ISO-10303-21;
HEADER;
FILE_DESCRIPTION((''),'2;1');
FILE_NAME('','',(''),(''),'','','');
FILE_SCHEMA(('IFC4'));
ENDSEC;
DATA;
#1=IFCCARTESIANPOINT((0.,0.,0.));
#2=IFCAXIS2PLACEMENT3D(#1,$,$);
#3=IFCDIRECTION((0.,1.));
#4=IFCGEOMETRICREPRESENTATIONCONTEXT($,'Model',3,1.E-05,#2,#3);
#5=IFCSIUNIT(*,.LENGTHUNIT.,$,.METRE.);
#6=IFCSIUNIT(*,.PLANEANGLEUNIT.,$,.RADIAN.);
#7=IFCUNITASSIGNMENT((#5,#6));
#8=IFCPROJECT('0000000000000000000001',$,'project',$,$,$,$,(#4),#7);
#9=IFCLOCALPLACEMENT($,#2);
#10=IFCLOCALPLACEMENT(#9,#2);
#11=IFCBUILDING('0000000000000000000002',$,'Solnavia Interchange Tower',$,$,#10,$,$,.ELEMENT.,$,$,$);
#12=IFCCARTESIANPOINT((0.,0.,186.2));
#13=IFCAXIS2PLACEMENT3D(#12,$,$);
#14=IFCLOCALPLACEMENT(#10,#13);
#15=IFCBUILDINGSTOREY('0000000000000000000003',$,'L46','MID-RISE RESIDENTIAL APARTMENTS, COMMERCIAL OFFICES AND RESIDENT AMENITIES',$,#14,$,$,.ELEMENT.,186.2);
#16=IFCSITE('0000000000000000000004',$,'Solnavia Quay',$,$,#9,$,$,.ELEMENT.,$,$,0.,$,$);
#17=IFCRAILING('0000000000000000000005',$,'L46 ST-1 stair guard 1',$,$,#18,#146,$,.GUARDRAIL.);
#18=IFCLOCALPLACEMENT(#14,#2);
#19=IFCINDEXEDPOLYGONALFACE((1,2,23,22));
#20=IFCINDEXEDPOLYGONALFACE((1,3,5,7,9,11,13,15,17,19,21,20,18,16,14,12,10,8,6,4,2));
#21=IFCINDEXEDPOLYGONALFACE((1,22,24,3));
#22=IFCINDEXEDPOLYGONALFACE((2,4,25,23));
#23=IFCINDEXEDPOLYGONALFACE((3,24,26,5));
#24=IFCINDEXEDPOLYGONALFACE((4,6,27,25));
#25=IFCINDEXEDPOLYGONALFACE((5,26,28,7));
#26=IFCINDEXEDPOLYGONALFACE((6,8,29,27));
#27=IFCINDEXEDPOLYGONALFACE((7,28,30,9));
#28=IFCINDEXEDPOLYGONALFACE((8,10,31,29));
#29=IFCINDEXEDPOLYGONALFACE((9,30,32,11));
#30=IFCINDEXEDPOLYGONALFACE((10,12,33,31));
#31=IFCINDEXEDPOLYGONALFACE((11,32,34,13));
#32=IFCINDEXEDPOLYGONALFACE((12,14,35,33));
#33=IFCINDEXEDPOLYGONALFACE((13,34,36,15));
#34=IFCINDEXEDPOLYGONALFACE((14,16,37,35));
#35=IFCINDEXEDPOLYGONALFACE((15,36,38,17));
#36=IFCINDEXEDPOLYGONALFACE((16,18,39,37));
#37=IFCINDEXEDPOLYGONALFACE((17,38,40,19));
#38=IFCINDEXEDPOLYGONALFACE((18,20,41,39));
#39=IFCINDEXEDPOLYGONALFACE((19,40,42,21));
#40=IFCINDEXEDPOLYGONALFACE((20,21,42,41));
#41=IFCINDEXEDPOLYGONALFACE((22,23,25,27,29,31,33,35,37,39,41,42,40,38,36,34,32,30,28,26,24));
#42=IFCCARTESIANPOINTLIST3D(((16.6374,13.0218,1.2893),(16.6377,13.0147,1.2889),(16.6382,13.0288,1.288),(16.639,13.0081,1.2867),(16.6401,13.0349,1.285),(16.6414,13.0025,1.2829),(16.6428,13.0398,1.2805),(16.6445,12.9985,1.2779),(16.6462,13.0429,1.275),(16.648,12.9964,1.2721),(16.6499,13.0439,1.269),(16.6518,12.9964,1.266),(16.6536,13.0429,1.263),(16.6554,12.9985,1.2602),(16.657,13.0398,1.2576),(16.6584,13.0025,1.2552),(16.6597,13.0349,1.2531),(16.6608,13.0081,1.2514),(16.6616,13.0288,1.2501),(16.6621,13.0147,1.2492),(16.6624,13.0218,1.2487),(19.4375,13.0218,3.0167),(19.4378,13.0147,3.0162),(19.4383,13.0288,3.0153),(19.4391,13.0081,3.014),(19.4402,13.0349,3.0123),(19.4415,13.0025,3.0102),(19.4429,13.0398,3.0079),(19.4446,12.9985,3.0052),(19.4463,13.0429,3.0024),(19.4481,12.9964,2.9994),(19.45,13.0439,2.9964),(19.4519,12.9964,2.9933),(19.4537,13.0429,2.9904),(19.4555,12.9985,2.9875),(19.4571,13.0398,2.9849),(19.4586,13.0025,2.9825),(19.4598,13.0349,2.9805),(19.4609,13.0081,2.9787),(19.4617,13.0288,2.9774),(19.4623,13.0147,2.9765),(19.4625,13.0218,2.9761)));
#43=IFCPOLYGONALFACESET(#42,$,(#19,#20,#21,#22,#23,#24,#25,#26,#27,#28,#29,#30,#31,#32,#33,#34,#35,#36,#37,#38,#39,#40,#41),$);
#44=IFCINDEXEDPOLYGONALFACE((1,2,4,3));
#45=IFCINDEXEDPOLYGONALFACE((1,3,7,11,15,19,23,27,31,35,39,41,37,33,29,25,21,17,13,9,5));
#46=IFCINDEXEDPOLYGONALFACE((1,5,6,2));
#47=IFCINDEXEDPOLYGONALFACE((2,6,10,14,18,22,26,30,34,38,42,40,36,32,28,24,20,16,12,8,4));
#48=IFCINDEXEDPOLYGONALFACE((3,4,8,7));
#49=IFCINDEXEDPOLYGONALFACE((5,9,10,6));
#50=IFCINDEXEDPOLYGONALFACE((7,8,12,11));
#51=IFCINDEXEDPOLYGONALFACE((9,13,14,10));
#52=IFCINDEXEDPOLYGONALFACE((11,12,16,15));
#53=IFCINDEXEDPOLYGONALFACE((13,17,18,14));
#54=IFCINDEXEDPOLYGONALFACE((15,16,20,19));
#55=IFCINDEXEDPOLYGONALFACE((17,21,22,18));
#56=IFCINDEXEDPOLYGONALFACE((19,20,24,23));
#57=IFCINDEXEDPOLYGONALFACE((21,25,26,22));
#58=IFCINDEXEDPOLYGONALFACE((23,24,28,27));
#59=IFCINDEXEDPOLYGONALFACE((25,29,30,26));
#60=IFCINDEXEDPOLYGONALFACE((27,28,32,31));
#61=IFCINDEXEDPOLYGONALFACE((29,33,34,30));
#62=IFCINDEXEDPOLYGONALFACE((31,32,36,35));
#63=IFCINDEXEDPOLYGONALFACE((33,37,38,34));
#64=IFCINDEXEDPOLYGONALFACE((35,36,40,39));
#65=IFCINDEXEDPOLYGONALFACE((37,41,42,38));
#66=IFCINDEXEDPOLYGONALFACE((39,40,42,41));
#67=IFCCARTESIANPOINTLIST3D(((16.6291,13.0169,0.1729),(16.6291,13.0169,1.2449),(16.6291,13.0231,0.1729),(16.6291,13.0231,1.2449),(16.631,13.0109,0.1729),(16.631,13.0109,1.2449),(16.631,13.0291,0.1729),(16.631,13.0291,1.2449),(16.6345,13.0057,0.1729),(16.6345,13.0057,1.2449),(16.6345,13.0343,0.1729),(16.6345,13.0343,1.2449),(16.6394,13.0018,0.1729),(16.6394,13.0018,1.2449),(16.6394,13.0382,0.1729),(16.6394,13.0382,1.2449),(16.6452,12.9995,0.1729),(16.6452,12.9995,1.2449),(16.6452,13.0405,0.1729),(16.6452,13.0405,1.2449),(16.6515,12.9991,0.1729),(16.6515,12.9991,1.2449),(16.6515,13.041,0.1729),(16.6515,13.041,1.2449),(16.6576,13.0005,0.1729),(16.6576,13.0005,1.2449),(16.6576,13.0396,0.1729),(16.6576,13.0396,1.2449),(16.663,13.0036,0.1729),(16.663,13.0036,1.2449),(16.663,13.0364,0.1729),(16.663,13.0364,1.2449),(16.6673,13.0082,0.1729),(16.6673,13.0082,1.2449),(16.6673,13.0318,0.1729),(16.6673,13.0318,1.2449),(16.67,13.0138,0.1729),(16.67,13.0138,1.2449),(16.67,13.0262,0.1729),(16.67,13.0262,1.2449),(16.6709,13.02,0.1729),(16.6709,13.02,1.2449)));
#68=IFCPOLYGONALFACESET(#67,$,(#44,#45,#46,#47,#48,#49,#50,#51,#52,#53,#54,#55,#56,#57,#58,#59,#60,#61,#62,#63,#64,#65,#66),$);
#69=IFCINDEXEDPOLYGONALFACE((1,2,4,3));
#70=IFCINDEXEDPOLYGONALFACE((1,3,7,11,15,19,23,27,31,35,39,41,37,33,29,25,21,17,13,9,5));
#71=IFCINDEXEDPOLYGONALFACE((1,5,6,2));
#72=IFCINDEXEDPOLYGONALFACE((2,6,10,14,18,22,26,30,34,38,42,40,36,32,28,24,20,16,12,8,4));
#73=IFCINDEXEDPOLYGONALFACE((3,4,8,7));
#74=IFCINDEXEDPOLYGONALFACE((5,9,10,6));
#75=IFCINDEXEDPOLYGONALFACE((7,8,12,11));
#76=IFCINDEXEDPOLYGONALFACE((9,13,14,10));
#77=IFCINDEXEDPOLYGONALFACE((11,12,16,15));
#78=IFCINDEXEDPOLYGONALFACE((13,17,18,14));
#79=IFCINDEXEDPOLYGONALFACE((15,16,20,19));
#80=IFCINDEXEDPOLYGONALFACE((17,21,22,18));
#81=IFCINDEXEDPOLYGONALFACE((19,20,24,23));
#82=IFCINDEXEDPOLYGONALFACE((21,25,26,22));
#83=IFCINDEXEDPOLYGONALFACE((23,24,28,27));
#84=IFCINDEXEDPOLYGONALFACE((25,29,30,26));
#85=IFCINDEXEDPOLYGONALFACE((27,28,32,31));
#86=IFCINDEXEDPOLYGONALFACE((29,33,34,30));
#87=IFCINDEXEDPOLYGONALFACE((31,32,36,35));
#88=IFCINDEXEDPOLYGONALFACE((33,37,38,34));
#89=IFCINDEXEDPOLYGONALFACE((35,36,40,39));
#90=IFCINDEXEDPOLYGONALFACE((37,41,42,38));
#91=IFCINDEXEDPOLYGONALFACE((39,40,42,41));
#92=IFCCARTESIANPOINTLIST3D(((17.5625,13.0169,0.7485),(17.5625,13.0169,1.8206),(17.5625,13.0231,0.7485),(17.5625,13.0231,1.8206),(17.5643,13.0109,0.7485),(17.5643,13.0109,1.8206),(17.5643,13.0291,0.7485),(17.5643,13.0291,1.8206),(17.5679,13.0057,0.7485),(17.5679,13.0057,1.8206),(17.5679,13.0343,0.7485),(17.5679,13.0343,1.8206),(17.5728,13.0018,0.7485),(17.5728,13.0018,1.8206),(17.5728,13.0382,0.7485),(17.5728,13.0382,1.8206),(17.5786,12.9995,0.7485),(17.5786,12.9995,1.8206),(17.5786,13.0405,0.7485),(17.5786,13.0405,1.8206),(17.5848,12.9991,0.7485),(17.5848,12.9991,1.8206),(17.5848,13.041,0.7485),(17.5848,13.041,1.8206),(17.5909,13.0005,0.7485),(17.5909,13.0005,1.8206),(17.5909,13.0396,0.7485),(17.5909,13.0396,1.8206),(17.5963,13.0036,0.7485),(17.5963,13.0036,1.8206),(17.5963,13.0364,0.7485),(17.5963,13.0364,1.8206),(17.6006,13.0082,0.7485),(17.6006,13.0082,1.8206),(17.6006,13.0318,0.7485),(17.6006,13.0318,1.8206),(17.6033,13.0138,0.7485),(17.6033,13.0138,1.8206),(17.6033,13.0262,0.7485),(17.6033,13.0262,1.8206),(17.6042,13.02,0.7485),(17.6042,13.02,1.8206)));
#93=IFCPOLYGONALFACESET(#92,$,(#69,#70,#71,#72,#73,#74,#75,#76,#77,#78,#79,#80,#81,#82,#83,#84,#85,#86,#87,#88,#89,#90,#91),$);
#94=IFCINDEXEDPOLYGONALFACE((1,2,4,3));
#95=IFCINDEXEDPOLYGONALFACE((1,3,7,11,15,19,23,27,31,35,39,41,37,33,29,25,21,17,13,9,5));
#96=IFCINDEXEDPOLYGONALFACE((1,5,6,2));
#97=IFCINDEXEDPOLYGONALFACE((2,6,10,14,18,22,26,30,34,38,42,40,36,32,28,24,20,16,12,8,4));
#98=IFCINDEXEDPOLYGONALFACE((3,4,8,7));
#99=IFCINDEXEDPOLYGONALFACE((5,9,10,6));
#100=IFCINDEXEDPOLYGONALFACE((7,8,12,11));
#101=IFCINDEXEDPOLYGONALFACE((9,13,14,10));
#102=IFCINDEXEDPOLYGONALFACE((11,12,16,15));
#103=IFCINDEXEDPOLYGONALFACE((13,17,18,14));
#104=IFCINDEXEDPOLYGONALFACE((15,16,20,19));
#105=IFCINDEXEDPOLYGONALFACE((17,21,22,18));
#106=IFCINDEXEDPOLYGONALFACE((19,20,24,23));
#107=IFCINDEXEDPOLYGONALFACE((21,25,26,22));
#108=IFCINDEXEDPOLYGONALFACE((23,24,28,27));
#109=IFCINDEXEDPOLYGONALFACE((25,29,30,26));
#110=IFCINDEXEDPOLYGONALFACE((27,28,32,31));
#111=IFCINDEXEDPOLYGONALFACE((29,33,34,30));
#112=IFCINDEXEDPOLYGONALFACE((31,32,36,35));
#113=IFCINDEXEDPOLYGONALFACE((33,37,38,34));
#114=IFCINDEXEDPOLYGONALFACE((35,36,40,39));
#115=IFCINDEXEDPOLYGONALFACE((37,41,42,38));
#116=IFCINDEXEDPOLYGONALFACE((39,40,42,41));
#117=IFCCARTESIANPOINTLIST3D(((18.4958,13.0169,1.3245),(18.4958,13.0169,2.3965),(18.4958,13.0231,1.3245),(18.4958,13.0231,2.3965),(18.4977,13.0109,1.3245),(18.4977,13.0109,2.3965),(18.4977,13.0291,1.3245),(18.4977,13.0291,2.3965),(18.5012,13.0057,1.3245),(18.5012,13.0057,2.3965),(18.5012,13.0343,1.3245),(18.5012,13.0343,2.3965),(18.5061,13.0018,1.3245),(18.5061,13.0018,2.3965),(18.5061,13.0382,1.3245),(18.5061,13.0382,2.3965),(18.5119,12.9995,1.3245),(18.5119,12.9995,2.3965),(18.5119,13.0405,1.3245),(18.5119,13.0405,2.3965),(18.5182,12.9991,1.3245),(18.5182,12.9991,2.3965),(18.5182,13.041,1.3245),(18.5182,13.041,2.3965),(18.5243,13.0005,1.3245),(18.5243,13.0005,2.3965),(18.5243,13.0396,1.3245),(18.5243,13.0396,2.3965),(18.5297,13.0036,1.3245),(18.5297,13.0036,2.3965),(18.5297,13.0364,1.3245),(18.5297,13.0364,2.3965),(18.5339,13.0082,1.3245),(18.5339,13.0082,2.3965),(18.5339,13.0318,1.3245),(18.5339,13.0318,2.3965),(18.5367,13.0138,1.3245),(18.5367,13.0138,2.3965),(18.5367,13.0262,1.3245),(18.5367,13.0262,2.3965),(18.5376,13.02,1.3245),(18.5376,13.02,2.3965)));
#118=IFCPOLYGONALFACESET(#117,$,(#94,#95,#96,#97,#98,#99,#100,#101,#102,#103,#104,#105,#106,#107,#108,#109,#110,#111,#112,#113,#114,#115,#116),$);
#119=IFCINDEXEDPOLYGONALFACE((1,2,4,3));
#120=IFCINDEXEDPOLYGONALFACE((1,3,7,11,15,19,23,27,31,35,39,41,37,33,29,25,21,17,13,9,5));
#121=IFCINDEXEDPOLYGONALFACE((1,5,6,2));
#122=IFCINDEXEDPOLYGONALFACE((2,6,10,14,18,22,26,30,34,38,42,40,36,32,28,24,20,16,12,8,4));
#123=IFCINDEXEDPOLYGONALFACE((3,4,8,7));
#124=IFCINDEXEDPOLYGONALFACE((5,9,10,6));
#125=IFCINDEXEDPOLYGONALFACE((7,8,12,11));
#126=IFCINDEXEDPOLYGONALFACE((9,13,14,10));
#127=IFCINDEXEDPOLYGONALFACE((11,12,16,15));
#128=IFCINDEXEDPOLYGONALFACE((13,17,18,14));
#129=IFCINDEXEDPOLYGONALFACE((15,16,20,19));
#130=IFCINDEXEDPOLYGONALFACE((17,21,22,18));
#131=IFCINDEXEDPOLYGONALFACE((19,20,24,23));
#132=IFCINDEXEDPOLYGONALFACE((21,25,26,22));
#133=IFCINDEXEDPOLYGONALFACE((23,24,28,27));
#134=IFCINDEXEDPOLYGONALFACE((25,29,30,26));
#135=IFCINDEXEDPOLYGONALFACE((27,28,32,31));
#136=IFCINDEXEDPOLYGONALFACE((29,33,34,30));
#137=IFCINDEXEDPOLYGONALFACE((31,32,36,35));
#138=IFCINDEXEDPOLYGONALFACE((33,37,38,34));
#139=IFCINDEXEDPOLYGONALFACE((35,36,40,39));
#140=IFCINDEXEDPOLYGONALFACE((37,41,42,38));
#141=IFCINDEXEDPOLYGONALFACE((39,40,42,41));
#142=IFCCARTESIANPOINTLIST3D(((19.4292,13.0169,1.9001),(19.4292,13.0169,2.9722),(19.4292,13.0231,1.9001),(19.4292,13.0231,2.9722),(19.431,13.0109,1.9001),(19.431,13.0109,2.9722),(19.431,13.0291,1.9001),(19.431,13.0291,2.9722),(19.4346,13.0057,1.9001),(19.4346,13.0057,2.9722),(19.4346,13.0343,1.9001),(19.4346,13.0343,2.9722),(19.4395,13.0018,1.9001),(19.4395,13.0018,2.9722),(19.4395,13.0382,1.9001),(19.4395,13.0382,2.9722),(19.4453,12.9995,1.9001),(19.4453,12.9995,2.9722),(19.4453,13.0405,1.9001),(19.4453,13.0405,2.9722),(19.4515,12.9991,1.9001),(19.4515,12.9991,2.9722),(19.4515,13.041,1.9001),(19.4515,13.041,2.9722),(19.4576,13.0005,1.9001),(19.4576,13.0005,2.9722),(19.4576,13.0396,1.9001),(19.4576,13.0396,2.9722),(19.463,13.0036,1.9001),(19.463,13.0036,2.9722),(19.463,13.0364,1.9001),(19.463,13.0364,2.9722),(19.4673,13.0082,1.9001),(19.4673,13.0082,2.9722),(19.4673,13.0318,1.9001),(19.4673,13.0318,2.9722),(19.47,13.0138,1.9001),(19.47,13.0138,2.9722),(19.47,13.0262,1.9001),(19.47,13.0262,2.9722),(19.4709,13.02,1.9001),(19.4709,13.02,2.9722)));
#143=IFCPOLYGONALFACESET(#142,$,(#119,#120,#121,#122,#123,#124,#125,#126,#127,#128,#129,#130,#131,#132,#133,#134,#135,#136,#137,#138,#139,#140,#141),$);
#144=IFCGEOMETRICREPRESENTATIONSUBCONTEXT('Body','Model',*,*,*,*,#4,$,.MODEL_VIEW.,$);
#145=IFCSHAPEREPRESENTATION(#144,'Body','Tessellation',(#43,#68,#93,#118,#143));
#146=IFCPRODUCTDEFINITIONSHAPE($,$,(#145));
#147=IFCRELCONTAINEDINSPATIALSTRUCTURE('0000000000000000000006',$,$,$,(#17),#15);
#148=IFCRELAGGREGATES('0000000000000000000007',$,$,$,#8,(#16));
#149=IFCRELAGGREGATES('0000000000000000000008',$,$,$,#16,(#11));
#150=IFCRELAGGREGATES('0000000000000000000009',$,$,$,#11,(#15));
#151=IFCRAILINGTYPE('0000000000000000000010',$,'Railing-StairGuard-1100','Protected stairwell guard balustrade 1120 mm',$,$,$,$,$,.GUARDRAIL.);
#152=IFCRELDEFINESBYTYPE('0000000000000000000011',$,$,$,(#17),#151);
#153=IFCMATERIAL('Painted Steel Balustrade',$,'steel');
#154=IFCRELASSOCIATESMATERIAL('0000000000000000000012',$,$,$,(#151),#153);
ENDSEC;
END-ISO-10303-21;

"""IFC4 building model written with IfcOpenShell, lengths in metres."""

from ifc_helpers import new_model, si_unit, direction, frame, origin, origin_2d, place, context, subcontext, project, spatial, circle, extrude, material, type_object, element, save


model = new_model("IFC4")

# Units and contexts
model_context = context("Model", 3, precision=1e-05, world=origin(), true_north=direction((0.0, 1.0)))
body_context = subcontext(model_context, "Body", "Model", "MODEL_VIEW")
ifc_project = project(units=[si_unit("LENGTHUNIT", "METRE"), si_unit("PLANEANGLEUNIT", "RADIAN")], contexts=[model_context])

# Site, building, storey
site_placement = place(None, origin())
site = spatial("IfcSite", under=ifc_project, at=site_placement, Name="Solnavia Quay", CompositionType="ELEMENT", RefElevation=0.0)
building_placement = place(site_placement, origin())
building = spatial("IfcBuilding", under=site, at=building_placement, Name="Solnavia Interchange Tower", CompositionType="ELEMENT")
storey_placement = place(building_placement, frame((0.0, 0.0, 186.2)))
storey = spatial("IfcBuildingStorey", under=building, at=storey_placement, Name="L46", Description="MID-RISE RESIDENTIAL APARTMENTS, COMMERCIAL OFFICES AND RESIDENT AMENITIES", CompositionType="ELEMENT", Elevation=186.2)

# Railing
ifc_material_1 = material(Name="Painted Steel Balustrade", Category="steel")
railing_type_1 = type_object("IfcRailingType", Name="Railing-StairGuard-1100", Description="Protected stairwell guard balustrade 1120 mm", PredefinedType="GUARDRAIL", material=ifc_material_1)
railing_1_placement = place(storey_placement, frame((16.6499, 13.02, 0.1729)))
element("IfcRailing", 1, at=railing_1_placement, inside=storey, type_object=railing_type_1, Name="L46 ST-1 stair guard 1", PredefinedType="GUARDRAIL", context=body_context, shape_type="SweptSolid", body=[
    extrude(circle(Radius=0.0239, at=origin_2d()), frame((0.0, 0.0, 1.0962), z_axis=(0.85109, 0.0, 0.52502), x_axis=(0.0, 1.0, 0.0)), (0.0, 0.0, 1.0), 3.29),
    extrude(circle(Radius=0.021, at=origin_2d()), origin(), (0.0, 0.0, 1.0), 1.072),
    extrude(circle(Radius=0.021, at=origin_2d()), frame((0.9333, 0.0, 0.5757)), (0.0, 0.0, 1.0), 1.072),
    extrude(circle(Radius=0.021, at=origin_2d()), frame((1.8667, 0.0, 1.1516)), (0.0, 0.0, 1.0), 1.072),
    extrude(circle(Radius=0.021, at=origin_2d()), frame((2.8, 0.0, 1.7273)), (0.0, 0.0, 1.0), 1.072),
])

save(model, "model.ifc")
